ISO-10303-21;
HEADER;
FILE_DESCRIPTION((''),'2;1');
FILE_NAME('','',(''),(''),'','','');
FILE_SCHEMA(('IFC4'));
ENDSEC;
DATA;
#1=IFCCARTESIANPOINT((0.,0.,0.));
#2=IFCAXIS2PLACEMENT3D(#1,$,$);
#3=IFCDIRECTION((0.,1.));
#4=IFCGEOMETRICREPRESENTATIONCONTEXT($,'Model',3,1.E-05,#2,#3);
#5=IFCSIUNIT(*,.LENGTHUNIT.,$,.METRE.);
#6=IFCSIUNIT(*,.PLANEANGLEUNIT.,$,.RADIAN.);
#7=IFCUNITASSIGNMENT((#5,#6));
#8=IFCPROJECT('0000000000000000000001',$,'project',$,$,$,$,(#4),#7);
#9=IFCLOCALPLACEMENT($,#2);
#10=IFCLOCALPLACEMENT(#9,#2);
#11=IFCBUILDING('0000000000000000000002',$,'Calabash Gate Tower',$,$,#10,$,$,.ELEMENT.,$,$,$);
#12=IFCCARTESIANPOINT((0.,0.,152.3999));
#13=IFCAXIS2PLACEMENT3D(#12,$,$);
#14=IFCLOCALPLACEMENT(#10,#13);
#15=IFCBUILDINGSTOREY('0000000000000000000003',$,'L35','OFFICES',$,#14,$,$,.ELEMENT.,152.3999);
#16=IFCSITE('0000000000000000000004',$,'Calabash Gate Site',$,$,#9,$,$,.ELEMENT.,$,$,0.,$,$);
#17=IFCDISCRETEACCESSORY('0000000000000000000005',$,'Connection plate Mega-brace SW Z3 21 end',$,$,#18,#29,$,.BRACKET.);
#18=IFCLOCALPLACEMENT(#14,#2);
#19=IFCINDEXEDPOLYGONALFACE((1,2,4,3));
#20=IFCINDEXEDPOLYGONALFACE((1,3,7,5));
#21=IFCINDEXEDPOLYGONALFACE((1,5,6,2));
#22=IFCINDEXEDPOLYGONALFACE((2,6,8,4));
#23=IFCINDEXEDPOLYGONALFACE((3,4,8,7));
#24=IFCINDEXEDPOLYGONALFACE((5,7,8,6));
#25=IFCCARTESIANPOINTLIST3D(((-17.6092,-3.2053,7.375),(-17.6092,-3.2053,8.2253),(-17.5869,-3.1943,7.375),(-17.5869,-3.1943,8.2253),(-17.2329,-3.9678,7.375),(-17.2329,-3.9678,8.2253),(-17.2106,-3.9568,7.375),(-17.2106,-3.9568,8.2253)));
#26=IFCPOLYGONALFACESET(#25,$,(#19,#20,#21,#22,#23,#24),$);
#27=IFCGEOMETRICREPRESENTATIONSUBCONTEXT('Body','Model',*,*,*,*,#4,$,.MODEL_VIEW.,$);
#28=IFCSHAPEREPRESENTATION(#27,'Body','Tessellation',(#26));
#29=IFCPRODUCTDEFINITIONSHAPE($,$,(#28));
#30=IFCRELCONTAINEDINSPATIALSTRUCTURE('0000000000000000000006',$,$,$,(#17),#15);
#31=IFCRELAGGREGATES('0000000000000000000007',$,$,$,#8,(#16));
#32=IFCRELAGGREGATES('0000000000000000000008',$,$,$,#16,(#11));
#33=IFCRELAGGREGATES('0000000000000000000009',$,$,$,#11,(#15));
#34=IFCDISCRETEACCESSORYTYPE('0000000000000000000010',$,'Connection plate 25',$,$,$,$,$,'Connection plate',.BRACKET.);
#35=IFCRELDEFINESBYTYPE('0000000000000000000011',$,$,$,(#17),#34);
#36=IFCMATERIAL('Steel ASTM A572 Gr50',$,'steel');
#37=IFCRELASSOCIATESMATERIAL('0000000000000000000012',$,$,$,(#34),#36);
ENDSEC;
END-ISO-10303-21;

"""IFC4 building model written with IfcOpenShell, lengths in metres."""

from ifc_helpers import new_model, si_unit, direction, frame, origin, origin_2d, place, context, subcontext, project, spatial, rectangle, extrude, material, type_object, element, save


model = new_model("IFC4")

# Units and contexts
model_context = context("Model", 3, precision=1e-05, world=origin(), true_north=direction((0.0, 1.0)))
body_context = subcontext(model_context, "Body", "Model", "MODEL_VIEW")
ifc_project = project(units=[si_unit("LENGTHUNIT", "METRE"), si_unit("PLANEANGLEUNIT", "RADIAN")], contexts=[model_context])

# Site, building, storey
site_placement = place(None, origin())
site = spatial("IfcSite", under=ifc_project, at=site_placement, Name="Calabash Gate Site", CompositionType="ELEMENT", RefElevation=0.0)
building_placement = place(site_placement, origin())
building = spatial("IfcBuilding", under=site, at=building_placement, Name="Calabash Gate Tower", CompositionType="ELEMENT")
storey_placement = place(building_placement, frame((0.0, 0.0, 152.3999)))
storey = spatial("IfcBuildingStorey", under=building, at=storey_placement, Name="L35", Description="OFFICES", CompositionType="ELEMENT", Elevation=152.3999)

# Discrete accessory
ifc_material_1 = material(Name="Steel ASTM A572 Gr50", Category="steel")
discrete_accessory_type = type_object("IfcDiscreteAccessoryType", Name="Connection plate 25", ElementType="Connection plate", PredefinedType="BRACKET", material=ifc_material_1)
discrete_accessory_placement = place(storey_placement, frame((-17.4099, -3.5811, 7.375), z_axis=(0.0, 0.0, 1.0), x_axis=(-0.442498, 0.896769, 0.0)))
element("IfcDiscreteAccessory", 1, at=discrete_accessory_placement, inside=storey, type_object=discrete_accessory_type, Name="Connection plate Mega-brace SW Z3 21 end", PredefinedType="BRACKET", context=body_context, shape_type="SweptSolid", body=[
    extrude(rectangle(XDim=0.8503, YDim=0.0249, at=origin_2d()), origin(), (0.0, 0.0, 1.0), 0.8503),
])

save(model, "model.ifc")
